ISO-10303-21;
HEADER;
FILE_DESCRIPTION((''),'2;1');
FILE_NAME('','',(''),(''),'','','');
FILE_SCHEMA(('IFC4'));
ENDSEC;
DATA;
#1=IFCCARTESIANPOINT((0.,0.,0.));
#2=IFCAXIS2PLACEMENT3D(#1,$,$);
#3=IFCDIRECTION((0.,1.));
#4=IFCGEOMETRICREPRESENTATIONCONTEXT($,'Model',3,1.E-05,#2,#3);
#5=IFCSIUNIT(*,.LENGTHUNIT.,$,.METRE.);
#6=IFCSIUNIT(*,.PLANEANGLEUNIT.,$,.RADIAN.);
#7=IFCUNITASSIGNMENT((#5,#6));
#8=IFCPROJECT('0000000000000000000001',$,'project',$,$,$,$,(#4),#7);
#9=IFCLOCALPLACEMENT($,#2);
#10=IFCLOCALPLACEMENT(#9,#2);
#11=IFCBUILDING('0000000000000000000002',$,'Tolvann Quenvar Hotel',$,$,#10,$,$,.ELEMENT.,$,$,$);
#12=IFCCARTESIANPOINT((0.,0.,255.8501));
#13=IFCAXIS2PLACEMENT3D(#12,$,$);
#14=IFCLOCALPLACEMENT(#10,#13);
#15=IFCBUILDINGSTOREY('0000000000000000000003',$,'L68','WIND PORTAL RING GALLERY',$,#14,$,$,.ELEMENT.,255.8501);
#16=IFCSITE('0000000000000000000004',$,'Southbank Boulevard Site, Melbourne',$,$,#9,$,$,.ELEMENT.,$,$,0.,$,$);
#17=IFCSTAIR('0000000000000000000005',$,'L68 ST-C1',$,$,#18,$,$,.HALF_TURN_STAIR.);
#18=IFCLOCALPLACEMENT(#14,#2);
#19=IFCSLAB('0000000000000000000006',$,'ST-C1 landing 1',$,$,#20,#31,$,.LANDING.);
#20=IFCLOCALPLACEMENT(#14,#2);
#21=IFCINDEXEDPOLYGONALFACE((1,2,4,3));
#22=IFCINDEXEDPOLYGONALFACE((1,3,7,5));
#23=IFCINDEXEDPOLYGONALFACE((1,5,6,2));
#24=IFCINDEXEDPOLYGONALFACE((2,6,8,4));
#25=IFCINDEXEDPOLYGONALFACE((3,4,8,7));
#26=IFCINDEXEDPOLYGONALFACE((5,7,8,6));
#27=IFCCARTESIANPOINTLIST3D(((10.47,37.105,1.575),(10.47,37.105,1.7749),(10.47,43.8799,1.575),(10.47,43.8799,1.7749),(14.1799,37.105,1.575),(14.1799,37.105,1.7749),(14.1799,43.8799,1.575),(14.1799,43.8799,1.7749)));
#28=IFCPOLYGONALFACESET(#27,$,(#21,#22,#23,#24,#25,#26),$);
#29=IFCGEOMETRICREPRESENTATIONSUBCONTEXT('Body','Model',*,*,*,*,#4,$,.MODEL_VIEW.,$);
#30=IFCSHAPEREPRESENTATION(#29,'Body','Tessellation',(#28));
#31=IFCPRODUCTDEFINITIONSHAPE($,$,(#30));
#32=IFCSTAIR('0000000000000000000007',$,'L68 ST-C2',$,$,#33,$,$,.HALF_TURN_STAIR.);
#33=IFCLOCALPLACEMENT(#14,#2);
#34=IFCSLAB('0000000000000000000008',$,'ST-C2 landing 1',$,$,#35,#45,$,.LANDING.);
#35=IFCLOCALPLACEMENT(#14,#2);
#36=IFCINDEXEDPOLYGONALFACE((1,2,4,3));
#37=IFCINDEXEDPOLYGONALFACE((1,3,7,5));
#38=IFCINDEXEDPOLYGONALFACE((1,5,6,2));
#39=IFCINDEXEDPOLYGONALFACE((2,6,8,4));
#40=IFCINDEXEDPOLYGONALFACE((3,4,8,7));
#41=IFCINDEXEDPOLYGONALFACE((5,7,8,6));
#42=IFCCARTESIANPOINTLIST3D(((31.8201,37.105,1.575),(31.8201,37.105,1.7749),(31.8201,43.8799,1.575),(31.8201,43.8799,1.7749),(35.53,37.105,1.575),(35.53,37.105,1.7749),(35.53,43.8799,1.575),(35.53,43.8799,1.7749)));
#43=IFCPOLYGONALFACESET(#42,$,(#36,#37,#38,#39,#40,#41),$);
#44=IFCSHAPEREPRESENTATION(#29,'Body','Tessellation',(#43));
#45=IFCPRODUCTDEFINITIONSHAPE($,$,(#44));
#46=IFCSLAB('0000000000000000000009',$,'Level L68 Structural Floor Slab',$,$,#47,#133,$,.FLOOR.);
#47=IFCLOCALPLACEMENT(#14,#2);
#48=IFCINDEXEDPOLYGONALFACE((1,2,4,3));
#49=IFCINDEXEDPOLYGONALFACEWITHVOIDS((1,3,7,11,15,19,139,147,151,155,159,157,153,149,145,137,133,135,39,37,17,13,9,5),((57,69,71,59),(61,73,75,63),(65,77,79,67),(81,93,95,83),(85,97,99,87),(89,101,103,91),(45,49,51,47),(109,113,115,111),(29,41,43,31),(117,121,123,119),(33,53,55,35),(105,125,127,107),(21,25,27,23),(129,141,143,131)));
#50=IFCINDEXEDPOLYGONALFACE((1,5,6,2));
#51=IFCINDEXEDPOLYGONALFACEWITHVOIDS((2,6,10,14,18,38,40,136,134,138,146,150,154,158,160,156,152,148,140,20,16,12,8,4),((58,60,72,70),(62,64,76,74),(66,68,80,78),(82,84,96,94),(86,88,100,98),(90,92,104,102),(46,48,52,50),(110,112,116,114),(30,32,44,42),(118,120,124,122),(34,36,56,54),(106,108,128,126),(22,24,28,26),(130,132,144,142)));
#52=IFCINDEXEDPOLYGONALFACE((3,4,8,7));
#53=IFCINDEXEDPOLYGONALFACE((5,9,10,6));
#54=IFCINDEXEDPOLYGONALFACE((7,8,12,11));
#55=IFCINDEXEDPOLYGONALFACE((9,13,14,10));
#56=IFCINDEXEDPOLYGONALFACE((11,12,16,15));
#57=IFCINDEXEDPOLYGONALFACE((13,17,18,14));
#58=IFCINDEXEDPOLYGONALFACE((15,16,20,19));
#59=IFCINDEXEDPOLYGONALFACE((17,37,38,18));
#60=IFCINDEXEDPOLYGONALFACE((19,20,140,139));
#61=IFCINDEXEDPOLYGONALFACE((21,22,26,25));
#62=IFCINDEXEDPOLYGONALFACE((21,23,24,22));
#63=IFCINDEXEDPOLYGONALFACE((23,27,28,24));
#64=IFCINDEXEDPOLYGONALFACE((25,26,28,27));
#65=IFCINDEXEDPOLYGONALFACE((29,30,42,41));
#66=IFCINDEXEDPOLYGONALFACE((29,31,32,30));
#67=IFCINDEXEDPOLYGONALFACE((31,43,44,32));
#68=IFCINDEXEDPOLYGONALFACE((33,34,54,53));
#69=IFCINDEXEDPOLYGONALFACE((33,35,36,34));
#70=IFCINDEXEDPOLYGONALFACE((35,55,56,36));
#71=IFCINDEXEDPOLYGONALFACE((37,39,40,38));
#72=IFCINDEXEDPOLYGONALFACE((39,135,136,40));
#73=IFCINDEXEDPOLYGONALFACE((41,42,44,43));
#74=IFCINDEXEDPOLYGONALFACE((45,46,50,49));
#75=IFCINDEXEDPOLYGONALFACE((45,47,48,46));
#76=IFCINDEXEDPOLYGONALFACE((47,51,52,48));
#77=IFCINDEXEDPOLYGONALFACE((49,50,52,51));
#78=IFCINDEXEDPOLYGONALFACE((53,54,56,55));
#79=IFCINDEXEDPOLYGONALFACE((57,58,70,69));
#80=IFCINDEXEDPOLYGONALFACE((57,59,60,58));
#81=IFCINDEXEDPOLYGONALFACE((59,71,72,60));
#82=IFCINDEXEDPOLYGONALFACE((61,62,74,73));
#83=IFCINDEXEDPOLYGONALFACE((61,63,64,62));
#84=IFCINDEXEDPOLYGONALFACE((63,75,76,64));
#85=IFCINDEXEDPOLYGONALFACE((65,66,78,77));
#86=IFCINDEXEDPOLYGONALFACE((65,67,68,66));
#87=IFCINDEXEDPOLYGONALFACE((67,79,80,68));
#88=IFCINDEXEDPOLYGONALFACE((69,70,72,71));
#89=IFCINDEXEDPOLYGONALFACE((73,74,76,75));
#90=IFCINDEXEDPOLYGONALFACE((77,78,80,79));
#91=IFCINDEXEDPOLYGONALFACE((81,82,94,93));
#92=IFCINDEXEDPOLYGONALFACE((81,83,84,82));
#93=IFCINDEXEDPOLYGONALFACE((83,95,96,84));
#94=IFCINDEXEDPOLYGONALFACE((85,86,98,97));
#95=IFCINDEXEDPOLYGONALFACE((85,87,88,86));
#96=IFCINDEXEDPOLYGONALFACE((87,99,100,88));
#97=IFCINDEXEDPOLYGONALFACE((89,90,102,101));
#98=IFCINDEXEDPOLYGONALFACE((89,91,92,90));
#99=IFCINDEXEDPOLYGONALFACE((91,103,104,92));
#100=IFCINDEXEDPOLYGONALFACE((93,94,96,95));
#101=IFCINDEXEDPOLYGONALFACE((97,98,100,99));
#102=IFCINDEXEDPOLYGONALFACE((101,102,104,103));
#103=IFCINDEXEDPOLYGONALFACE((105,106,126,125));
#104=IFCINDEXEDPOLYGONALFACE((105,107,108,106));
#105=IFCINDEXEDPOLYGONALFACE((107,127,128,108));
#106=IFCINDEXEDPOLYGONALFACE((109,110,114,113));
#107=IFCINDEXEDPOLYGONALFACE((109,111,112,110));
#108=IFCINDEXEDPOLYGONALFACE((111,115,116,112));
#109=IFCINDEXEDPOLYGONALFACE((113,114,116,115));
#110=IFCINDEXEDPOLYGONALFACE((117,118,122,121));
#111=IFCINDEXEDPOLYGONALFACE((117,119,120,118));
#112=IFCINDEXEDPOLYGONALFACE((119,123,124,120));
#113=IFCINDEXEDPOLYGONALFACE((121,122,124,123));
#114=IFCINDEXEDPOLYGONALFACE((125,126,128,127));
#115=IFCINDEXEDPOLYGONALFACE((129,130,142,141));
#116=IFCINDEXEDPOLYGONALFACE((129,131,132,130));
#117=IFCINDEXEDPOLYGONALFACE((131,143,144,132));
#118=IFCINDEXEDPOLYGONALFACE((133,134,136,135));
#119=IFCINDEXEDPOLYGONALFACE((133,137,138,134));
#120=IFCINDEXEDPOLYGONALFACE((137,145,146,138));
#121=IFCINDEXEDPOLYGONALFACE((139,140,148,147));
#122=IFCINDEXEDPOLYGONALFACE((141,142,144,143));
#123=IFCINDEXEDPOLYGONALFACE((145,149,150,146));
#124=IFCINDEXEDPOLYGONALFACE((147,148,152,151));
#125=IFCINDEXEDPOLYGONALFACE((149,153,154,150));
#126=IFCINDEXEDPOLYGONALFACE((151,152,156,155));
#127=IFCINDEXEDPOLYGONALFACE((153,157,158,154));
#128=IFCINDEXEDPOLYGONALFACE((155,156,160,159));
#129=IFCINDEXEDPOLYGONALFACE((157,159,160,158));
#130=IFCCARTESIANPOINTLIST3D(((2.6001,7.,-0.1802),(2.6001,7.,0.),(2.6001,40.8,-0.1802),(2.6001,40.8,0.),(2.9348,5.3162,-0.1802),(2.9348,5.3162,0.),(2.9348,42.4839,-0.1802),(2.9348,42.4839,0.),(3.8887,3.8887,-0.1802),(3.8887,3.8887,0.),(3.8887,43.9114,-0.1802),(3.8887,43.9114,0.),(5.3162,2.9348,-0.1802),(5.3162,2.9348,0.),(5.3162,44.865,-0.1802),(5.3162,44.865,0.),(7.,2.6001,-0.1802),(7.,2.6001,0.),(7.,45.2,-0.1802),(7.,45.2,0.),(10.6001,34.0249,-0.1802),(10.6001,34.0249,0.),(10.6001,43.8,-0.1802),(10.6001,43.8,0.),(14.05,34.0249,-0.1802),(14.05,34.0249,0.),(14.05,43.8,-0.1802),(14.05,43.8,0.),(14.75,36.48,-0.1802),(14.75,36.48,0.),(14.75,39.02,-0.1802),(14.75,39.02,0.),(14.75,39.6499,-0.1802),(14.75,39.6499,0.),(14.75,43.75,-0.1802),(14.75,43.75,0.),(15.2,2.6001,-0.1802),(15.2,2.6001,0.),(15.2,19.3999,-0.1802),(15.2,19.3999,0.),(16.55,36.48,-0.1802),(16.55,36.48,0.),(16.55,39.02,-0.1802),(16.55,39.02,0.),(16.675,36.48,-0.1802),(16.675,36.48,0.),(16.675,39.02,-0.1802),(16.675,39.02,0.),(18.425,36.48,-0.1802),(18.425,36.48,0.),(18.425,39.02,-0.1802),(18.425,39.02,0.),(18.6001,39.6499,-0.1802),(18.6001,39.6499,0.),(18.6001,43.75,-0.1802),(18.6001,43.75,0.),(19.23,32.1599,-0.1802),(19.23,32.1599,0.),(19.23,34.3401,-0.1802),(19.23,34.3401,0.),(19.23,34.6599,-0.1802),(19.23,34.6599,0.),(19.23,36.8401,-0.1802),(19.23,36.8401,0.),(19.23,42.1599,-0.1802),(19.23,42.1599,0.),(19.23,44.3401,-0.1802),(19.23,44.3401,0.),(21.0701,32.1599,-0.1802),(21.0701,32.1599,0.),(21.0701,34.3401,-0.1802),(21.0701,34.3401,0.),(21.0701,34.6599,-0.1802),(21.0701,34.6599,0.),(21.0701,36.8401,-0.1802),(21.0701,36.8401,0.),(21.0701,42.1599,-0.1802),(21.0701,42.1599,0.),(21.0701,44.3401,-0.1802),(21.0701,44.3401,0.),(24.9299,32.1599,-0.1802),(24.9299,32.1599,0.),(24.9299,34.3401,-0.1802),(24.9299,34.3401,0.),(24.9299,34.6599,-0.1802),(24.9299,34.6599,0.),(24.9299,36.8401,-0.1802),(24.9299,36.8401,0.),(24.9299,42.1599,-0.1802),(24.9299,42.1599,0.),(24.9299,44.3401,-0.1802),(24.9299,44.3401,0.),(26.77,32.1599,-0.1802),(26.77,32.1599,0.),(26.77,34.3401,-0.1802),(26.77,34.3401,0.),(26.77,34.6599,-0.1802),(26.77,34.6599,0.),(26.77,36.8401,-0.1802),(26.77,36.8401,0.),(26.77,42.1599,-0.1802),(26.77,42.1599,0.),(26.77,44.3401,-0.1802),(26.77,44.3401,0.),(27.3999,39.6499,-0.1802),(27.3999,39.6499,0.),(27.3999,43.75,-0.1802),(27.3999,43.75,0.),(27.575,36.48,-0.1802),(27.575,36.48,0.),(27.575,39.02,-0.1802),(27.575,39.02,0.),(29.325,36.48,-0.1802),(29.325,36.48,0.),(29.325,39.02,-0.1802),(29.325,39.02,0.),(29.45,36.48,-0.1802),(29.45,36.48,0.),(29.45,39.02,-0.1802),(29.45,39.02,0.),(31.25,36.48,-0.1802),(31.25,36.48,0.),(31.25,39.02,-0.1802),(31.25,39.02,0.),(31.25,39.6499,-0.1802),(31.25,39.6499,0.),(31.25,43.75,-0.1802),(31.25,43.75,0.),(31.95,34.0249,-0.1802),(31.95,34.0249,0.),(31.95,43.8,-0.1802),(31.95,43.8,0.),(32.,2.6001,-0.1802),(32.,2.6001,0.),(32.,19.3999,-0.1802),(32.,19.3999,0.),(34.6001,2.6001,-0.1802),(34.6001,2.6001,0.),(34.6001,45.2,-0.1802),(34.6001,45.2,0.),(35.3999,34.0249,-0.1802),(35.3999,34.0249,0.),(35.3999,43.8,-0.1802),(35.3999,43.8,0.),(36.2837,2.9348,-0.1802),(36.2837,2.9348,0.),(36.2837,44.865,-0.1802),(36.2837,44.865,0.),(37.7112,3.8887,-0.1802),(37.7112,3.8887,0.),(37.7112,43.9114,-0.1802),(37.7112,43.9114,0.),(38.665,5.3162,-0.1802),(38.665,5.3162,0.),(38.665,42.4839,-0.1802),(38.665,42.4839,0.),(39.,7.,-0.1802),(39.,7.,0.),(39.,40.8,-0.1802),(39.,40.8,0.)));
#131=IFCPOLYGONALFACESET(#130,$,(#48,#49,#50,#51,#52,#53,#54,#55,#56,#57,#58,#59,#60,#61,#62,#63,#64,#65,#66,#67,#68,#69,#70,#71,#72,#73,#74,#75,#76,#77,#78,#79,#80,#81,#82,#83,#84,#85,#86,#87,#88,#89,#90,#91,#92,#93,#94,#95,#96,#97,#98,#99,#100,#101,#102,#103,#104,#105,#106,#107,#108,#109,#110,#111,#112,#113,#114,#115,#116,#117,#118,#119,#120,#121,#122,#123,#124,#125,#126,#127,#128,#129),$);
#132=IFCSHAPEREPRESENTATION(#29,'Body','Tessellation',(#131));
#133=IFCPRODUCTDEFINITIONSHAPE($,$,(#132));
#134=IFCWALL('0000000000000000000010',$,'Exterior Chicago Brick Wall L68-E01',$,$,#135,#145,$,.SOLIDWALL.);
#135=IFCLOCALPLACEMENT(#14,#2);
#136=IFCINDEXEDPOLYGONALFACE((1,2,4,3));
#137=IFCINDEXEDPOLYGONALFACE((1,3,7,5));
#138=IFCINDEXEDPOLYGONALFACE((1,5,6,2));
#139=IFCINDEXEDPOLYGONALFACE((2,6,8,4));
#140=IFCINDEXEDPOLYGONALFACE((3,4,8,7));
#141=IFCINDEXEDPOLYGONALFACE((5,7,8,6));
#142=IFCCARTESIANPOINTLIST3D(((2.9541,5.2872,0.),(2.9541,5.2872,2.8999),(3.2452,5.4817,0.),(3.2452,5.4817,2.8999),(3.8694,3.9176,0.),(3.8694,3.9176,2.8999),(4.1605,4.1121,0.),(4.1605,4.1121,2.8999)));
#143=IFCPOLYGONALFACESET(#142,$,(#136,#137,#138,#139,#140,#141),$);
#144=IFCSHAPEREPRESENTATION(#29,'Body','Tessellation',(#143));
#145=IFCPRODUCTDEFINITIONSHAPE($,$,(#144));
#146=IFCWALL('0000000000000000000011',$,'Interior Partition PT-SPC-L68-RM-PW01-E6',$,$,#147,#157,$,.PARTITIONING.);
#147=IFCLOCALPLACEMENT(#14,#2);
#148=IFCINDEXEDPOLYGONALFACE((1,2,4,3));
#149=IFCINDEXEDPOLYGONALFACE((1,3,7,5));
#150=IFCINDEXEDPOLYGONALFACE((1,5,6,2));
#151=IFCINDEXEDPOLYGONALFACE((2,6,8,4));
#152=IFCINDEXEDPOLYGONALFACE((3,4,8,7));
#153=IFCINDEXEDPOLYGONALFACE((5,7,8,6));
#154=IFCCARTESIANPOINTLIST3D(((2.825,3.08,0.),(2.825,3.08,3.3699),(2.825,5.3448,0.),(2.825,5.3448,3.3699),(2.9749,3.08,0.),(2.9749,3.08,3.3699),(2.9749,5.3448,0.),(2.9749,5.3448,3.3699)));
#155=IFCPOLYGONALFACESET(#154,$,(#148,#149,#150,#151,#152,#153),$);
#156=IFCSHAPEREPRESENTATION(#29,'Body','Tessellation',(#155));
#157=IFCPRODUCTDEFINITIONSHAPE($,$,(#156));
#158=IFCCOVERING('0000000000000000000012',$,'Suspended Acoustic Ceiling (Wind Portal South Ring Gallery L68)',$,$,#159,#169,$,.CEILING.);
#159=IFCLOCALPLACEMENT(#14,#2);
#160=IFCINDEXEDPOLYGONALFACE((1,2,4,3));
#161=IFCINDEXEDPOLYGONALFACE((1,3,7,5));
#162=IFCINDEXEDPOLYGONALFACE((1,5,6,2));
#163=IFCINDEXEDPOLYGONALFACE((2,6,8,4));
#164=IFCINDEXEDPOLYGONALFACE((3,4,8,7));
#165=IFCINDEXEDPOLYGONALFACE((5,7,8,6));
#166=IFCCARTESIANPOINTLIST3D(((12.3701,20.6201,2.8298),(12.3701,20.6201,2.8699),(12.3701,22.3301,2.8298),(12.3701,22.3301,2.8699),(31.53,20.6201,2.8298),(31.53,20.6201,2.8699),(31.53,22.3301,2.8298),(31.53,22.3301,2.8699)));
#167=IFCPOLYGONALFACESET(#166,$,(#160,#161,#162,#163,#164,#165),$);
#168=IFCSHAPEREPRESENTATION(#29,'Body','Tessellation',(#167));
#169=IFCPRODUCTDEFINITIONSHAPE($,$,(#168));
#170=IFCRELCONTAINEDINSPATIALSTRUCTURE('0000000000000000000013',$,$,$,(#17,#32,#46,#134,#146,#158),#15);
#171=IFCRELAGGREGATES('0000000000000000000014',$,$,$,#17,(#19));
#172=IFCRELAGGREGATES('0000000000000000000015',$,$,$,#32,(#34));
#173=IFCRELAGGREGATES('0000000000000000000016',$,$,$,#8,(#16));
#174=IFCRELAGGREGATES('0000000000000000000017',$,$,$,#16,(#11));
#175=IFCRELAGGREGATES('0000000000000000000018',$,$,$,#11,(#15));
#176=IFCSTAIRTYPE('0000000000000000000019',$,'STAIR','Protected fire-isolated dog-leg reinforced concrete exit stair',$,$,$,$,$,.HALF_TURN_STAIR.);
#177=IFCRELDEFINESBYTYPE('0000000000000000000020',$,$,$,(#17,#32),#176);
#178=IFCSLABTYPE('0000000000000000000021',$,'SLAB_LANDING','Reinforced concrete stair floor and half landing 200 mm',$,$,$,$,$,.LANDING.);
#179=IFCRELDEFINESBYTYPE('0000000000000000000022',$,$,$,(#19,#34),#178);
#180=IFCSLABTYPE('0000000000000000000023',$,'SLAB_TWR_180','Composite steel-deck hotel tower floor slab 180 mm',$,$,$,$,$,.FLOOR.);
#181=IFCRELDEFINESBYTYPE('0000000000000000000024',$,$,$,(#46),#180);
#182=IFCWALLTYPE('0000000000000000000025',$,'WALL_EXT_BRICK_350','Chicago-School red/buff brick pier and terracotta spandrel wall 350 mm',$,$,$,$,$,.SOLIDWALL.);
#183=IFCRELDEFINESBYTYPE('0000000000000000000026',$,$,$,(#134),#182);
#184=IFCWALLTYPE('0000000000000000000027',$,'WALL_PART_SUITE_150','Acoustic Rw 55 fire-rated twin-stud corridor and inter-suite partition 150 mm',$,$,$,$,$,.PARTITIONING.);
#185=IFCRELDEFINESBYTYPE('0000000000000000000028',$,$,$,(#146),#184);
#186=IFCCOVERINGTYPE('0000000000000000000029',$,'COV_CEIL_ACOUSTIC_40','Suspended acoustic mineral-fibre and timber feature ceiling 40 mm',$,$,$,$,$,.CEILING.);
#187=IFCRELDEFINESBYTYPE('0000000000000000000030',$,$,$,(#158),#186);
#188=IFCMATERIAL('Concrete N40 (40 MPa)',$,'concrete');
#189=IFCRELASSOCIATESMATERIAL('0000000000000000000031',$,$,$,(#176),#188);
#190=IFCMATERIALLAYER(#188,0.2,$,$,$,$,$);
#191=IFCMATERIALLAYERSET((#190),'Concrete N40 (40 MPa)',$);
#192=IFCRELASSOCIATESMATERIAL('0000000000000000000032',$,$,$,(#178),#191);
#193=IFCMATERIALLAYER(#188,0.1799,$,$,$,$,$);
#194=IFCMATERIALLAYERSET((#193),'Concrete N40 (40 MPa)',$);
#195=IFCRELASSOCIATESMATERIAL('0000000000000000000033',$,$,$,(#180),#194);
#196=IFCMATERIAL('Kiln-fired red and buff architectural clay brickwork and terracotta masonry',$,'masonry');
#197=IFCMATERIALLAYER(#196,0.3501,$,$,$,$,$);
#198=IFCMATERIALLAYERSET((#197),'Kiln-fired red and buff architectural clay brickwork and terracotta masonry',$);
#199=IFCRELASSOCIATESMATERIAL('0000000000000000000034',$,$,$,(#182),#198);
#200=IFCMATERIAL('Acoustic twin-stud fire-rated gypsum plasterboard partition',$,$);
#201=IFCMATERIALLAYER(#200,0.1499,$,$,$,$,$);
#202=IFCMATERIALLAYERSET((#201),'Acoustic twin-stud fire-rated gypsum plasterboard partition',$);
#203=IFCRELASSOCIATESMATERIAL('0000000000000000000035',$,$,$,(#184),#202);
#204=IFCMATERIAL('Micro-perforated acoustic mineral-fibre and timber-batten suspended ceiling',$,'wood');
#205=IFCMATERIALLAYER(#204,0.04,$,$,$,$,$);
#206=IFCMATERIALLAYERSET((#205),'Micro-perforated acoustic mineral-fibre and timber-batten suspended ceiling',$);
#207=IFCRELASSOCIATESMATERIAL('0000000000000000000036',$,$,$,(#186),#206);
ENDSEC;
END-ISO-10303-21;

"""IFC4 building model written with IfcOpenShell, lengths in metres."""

from ifc_helpers import new_model, si_unit, direction, frame, frame_2d, origin, place, context, subcontext, project, spatial, polyline, rectangle, outline, extrude, material, layer, layer_set, type_object, element, aggregate, save


model = new_model("IFC4")

# Units and contexts
model_context = context("Model", 3, precision=1e-05, world=origin(), true_north=direction((0.0, 1.0)))
body_context = subcontext(model_context, "Body", "Model", "MODEL_VIEW")
ifc_project = project(units=[si_unit("LENGTHUNIT", "METRE"), si_unit("PLANEANGLEUNIT", "RADIAN")], contexts=[model_context])

# Site, building, storey
site_placement = place(None, origin())
site = spatial("IfcSite", under=ifc_project, at=site_placement, Name="Southbank Boulevard Site, Melbourne", CompositionType="ELEMENT", RefElevation=0.0)
building_placement = place(site_placement, origin())
building = spatial("IfcBuilding", under=site, at=building_placement, Name="Tolvann Quenvar Hotel", CompositionType="ELEMENT")
storey_placement = place(building_placement, frame((0.0, 0.0, 255.8501)))
storey = spatial("IfcBuildingStorey", under=building, at=storey_placement, Name="L68", Description="WIND PORTAL RING GALLERY", CompositionType="ELEMENT", Elevation=255.8501)

# Stairs, slabs
ifc_material_1 = material(Name="Concrete N40 (40 MPa)", Category="concrete")
stair_type = type_object("IfcStairType", Name="STAIR", Description="Protected fire-isolated dog-leg reinforced concrete exit stair", PredefinedType="HALF_TURN_STAIR", material=ifc_material_1)
stair_1_placement = place(storey_placement, origin())
stair_1 = element("IfcStair", 1, at=stair_1_placement, inside=storey, type_object=stair_type, Name="L68 ST-C1", PredefinedType="HALF_TURN_STAIR")
ifc_layer_1 = layer(ifc_material_1, 0.2)
ifc_layer_set_1 = layer_set([ifc_layer_1], Name="Concrete N40 (40 MPa)")
slab_type_1 = type_object("IfcSlabType", Name="SLAB_LANDING", Description="Reinforced concrete stair floor and half landing 200 mm", PredefinedType="LANDING", material=ifc_layer_set_1)
slab_1_placement = place(storey_placement, frame((0.0, 0.0, 1.575)))
slab_1 = element("IfcSlab", 2, at=slab_1_placement, type_object=slab_type_1, Name="ST-C1 landing 1", PredefinedType="LANDING", context=body_context, shape_type="SweptSolid", body=[
    extrude(outline(polyline([(14.1799, 37.105), (14.1799, 43.8799), (10.47, 43.8799), (10.47, 37.105), (14.1799, 37.105)])), origin(), (0.0, 0.0, 1.0), 0.2),
])
aggregate(stair_1, [slab_1])
stair_2_placement = place(storey_placement, origin())
stair_2 = element("IfcStair", 3, at=stair_2_placement, inside=storey, type_object=stair_type, Name="L68 ST-C2", PredefinedType="HALF_TURN_STAIR")
slab_2_placement = place(storey_placement, frame((0.0, 0.0, 1.575)))
slab_2 = element("IfcSlab", 4, at=slab_2_placement, type_object=slab_type_1, Name="ST-C2 landing 1", PredefinedType="LANDING", context=body_context, shape_type="SweptSolid", body=[
    extrude(outline(polyline([(35.53, 37.105), (35.53, 43.8799), (31.8201, 43.8799), (31.8201, 37.105), (35.53, 37.105)])), origin(), (0.0, 0.0, 1.0), 0.2),
])
aggregate(stair_2, [slab_2])

# Slab
ifc_layer_2 = layer(ifc_material_1, 0.1799)
ifc_layer_set_2 = layer_set([ifc_layer_2], Name="Concrete N40 (40 MPa)")
slab_type_2 = type_object("IfcSlabType", Name="SLAB_TWR_180", Description="Composite steel-deck hotel tower floor slab 180 mm", PredefinedType="FLOOR", material=ifc_layer_set_2)
slab_3_placement = place(storey_placement, frame((0.0, 0.0, -0.1802)))
element("IfcSlab", 5, at=slab_3_placement, inside=storey, type_object=slab_type_2, Name="Level L68 Structural Floor Slab", PredefinedType="FLOOR", context=body_context, shape_type="SweptSolid", body=[
    extrude(outline(polyline([(2.6001, 7.0), (2.9348, 5.3162), (3.8887, 3.8887), (5.3162, 2.9348), (7.0, 2.6001), (15.2, 2.6001), (15.2, 19.3999), (32.0, 19.3999), (32.0, 2.6001), (34.6001, 2.6001), (36.2837, 2.9348), (37.7112, 3.8887), (38.665, 5.3162), (39.0, 7.0), (39.0, 40.8), (38.665, 42.4839), (37.7112, 43.9114), (36.2837, 44.865), (34.6001, 45.2), (7.0, 45.2), (5.3162, 44.865), (3.8887, 43.9114), (2.9348, 42.4839), (2.6001, 40.8), (2.6001, 7.0)]), holes=[polyline([(31.95, 34.0249), (31.95, 43.8), (35.3999, 43.8), (35.3999, 34.0249), (31.95, 34.0249)]), polyline([(27.3999, 43.75), (31.25, 43.75), (31.25, 39.6499), (27.3999, 39.6499), (27.3999, 43.75)]), polyline([(29.45, 39.02), (31.25, 39.02), (31.25, 36.48), (29.45, 36.48), (29.45, 39.02)]), polyline([(27.575, 39.02), (29.325, 39.02), (29.325, 36.48), (27.575, 36.48), (27.575, 39.02)]), polyline([(24.9299, 36.8401), (26.77, 36.8401), (26.77, 34.6599), (24.9299, 34.6599), (24.9299, 36.8401)]), polyline([(24.9299, 44.3401), (26.77, 44.3401), (26.77, 42.1599), (24.9299, 42.1599), (24.9299, 44.3401)]), polyline([(24.9299, 32.1599), (24.9299, 34.3401), (26.77, 34.3401), (26.77, 32.1599), (24.9299, 32.1599)]), polyline([(19.23, 36.8401), (21.0701, 36.8401), (21.0701, 34.6599), (19.23, 34.6599), (19.23, 36.8401)]), polyline([(19.23, 44.3401), (21.0701, 44.3401), (21.0701, 42.1599), (19.23, 42.1599), (19.23, 44.3401)]), polyline([(19.23, 32.1599), (19.23, 34.3401), (21.0701, 34.3401), (21.0701, 32.1599), (19.23, 32.1599)]), polyline([(14.75, 43.75), (18.6001, 43.75), (18.6001, 39.6499), (14.75, 39.6499), (14.75, 43.75)]), polyline([(16.675, 39.02), (18.425, 39.02), (18.425, 36.48), (16.675, 36.48), (16.675, 39.02)]), polyline([(14.75, 39.02), (16.55, 39.02), (16.55, 36.48), (14.75, 36.48), (14.75, 39.02)]), polyline([(10.6001, 34.0249), (10.6001, 43.8), (14.05, 43.8), (14.05, 34.0249), (10.6001, 34.0249)])]), origin(), (0.0, 0.0, 1.0), 0.1802),
])

# Walls
ifc_material_2 = material(Name="Kiln-fired red and buff architectural clay brickwork and terracotta masonry", Category="masonry")
ifc_layer_3 = layer(ifc_material_2, 0.3501)
ifc_layer_set_3 = layer_set([ifc_layer_3], Name="Kiln-fired red and buff architectural clay brickwork and terracotta masonry")
wall_type_1 = type_object("IfcWallType", Name="WALL_EXT_BRICK_350", Description="Chicago-School red/buff brick pier and terracotta spandrel wall 350 mm", PredefinedType="SOLIDWALL", material=ifc_layer_set_3)
wall_1_placement = place(storey_placement, frame((3.0996, 5.3845, 0.0), z_axis=(0.0, 0.0, 1.0), x_axis=(0.555623, -0.831434, 0.0)))
element("IfcWall", 6, at=wall_1_placement, inside=storey, type_object=wall_type_1, Name="Exterior Chicago Brick Wall L68-E01", PredefinedType="SOLIDWALL", context=body_context, shape_type="SweptSolid", body=[
    extrude(rectangle(XDim=1.6472, YDim=0.3501, at=frame_2d((0.8237, 0.0))), origin(), (0.0, 0.0, 1.0), 2.8999),
])
ifc_material_3 = material(Name="Acoustic twin-stud fire-rated gypsum plasterboard partition")
ifc_layer_4 = layer(ifc_material_3, 0.1499)
ifc_layer_set_4 = layer_set([ifc_layer_4], Name="Acoustic twin-stud fire-rated gypsum plasterboard partition")
wall_type_2 = type_object("IfcWallType", Name="WALL_PART_SUITE_150", Description="Acoustic Rw 55 fire-rated twin-stud corridor and inter-suite partition 150 mm", PredefinedType="PARTITIONING", material=ifc_layer_set_4)
wall_2_placement = place(storey_placement, frame((2.8999, 3.0801, 0.0), z_axis=(0.0, 0.0, 1.0), x_axis=(0.0, 1.0, 0.0)))
element("IfcWall", 7, at=wall_2_placement, inside=storey, type_object=wall_type_2, Name="Interior Partition PT-SPC-L68-RM-PW01-E6", PredefinedType="PARTITIONING", context=body_context, shape_type="SweptSolid", body=[
    extrude(rectangle(XDim=2.2649, YDim=0.1499, at=frame_2d((1.1323, 0.0))), origin(), (0.0, 0.0, 1.0), 3.3699),
])

# Covering
ifc_material_4 = material(Name="Micro-perforated acoustic mineral-fibre and timber-batten suspended ceiling", Category="wood")
ifc_layer_5 = layer(ifc_material_4, 0.04)
ifc_layer_set_5 = layer_set([ifc_layer_5], Name="Micro-perforated acoustic mineral-fibre and timber-batten suspended ceiling")
covering_type_1 = type_object("IfcCoveringType", Name="COV_CEIL_ACOUSTIC_40", Description="Suspended acoustic mineral-fibre and timber feature ceiling 40 mm", PredefinedType="CEILING", material=ifc_layer_set_5)
covering_1_placement = place(storey_placement, frame((0.0, 0.0, 2.8298)))
element("IfcCovering", 8, at=covering_1_placement, inside=storey, type_object=covering_type_1, Name="Suspended Acoustic Ceiling (Wind Portal South Ring Gallery L68)", PredefinedType="CEILING", context=body_context, shape_type="SweptSolid", body=[
    extrude(outline(polyline([(12.3701, 20.6201), (31.53, 20.6201), (31.53, 22.3301), (12.3701, 22.3301), (12.3701, 20.6201)])), origin(), (0.0, 0.0, 1.0), 0.04),
])

save(model, "model.ifc")
